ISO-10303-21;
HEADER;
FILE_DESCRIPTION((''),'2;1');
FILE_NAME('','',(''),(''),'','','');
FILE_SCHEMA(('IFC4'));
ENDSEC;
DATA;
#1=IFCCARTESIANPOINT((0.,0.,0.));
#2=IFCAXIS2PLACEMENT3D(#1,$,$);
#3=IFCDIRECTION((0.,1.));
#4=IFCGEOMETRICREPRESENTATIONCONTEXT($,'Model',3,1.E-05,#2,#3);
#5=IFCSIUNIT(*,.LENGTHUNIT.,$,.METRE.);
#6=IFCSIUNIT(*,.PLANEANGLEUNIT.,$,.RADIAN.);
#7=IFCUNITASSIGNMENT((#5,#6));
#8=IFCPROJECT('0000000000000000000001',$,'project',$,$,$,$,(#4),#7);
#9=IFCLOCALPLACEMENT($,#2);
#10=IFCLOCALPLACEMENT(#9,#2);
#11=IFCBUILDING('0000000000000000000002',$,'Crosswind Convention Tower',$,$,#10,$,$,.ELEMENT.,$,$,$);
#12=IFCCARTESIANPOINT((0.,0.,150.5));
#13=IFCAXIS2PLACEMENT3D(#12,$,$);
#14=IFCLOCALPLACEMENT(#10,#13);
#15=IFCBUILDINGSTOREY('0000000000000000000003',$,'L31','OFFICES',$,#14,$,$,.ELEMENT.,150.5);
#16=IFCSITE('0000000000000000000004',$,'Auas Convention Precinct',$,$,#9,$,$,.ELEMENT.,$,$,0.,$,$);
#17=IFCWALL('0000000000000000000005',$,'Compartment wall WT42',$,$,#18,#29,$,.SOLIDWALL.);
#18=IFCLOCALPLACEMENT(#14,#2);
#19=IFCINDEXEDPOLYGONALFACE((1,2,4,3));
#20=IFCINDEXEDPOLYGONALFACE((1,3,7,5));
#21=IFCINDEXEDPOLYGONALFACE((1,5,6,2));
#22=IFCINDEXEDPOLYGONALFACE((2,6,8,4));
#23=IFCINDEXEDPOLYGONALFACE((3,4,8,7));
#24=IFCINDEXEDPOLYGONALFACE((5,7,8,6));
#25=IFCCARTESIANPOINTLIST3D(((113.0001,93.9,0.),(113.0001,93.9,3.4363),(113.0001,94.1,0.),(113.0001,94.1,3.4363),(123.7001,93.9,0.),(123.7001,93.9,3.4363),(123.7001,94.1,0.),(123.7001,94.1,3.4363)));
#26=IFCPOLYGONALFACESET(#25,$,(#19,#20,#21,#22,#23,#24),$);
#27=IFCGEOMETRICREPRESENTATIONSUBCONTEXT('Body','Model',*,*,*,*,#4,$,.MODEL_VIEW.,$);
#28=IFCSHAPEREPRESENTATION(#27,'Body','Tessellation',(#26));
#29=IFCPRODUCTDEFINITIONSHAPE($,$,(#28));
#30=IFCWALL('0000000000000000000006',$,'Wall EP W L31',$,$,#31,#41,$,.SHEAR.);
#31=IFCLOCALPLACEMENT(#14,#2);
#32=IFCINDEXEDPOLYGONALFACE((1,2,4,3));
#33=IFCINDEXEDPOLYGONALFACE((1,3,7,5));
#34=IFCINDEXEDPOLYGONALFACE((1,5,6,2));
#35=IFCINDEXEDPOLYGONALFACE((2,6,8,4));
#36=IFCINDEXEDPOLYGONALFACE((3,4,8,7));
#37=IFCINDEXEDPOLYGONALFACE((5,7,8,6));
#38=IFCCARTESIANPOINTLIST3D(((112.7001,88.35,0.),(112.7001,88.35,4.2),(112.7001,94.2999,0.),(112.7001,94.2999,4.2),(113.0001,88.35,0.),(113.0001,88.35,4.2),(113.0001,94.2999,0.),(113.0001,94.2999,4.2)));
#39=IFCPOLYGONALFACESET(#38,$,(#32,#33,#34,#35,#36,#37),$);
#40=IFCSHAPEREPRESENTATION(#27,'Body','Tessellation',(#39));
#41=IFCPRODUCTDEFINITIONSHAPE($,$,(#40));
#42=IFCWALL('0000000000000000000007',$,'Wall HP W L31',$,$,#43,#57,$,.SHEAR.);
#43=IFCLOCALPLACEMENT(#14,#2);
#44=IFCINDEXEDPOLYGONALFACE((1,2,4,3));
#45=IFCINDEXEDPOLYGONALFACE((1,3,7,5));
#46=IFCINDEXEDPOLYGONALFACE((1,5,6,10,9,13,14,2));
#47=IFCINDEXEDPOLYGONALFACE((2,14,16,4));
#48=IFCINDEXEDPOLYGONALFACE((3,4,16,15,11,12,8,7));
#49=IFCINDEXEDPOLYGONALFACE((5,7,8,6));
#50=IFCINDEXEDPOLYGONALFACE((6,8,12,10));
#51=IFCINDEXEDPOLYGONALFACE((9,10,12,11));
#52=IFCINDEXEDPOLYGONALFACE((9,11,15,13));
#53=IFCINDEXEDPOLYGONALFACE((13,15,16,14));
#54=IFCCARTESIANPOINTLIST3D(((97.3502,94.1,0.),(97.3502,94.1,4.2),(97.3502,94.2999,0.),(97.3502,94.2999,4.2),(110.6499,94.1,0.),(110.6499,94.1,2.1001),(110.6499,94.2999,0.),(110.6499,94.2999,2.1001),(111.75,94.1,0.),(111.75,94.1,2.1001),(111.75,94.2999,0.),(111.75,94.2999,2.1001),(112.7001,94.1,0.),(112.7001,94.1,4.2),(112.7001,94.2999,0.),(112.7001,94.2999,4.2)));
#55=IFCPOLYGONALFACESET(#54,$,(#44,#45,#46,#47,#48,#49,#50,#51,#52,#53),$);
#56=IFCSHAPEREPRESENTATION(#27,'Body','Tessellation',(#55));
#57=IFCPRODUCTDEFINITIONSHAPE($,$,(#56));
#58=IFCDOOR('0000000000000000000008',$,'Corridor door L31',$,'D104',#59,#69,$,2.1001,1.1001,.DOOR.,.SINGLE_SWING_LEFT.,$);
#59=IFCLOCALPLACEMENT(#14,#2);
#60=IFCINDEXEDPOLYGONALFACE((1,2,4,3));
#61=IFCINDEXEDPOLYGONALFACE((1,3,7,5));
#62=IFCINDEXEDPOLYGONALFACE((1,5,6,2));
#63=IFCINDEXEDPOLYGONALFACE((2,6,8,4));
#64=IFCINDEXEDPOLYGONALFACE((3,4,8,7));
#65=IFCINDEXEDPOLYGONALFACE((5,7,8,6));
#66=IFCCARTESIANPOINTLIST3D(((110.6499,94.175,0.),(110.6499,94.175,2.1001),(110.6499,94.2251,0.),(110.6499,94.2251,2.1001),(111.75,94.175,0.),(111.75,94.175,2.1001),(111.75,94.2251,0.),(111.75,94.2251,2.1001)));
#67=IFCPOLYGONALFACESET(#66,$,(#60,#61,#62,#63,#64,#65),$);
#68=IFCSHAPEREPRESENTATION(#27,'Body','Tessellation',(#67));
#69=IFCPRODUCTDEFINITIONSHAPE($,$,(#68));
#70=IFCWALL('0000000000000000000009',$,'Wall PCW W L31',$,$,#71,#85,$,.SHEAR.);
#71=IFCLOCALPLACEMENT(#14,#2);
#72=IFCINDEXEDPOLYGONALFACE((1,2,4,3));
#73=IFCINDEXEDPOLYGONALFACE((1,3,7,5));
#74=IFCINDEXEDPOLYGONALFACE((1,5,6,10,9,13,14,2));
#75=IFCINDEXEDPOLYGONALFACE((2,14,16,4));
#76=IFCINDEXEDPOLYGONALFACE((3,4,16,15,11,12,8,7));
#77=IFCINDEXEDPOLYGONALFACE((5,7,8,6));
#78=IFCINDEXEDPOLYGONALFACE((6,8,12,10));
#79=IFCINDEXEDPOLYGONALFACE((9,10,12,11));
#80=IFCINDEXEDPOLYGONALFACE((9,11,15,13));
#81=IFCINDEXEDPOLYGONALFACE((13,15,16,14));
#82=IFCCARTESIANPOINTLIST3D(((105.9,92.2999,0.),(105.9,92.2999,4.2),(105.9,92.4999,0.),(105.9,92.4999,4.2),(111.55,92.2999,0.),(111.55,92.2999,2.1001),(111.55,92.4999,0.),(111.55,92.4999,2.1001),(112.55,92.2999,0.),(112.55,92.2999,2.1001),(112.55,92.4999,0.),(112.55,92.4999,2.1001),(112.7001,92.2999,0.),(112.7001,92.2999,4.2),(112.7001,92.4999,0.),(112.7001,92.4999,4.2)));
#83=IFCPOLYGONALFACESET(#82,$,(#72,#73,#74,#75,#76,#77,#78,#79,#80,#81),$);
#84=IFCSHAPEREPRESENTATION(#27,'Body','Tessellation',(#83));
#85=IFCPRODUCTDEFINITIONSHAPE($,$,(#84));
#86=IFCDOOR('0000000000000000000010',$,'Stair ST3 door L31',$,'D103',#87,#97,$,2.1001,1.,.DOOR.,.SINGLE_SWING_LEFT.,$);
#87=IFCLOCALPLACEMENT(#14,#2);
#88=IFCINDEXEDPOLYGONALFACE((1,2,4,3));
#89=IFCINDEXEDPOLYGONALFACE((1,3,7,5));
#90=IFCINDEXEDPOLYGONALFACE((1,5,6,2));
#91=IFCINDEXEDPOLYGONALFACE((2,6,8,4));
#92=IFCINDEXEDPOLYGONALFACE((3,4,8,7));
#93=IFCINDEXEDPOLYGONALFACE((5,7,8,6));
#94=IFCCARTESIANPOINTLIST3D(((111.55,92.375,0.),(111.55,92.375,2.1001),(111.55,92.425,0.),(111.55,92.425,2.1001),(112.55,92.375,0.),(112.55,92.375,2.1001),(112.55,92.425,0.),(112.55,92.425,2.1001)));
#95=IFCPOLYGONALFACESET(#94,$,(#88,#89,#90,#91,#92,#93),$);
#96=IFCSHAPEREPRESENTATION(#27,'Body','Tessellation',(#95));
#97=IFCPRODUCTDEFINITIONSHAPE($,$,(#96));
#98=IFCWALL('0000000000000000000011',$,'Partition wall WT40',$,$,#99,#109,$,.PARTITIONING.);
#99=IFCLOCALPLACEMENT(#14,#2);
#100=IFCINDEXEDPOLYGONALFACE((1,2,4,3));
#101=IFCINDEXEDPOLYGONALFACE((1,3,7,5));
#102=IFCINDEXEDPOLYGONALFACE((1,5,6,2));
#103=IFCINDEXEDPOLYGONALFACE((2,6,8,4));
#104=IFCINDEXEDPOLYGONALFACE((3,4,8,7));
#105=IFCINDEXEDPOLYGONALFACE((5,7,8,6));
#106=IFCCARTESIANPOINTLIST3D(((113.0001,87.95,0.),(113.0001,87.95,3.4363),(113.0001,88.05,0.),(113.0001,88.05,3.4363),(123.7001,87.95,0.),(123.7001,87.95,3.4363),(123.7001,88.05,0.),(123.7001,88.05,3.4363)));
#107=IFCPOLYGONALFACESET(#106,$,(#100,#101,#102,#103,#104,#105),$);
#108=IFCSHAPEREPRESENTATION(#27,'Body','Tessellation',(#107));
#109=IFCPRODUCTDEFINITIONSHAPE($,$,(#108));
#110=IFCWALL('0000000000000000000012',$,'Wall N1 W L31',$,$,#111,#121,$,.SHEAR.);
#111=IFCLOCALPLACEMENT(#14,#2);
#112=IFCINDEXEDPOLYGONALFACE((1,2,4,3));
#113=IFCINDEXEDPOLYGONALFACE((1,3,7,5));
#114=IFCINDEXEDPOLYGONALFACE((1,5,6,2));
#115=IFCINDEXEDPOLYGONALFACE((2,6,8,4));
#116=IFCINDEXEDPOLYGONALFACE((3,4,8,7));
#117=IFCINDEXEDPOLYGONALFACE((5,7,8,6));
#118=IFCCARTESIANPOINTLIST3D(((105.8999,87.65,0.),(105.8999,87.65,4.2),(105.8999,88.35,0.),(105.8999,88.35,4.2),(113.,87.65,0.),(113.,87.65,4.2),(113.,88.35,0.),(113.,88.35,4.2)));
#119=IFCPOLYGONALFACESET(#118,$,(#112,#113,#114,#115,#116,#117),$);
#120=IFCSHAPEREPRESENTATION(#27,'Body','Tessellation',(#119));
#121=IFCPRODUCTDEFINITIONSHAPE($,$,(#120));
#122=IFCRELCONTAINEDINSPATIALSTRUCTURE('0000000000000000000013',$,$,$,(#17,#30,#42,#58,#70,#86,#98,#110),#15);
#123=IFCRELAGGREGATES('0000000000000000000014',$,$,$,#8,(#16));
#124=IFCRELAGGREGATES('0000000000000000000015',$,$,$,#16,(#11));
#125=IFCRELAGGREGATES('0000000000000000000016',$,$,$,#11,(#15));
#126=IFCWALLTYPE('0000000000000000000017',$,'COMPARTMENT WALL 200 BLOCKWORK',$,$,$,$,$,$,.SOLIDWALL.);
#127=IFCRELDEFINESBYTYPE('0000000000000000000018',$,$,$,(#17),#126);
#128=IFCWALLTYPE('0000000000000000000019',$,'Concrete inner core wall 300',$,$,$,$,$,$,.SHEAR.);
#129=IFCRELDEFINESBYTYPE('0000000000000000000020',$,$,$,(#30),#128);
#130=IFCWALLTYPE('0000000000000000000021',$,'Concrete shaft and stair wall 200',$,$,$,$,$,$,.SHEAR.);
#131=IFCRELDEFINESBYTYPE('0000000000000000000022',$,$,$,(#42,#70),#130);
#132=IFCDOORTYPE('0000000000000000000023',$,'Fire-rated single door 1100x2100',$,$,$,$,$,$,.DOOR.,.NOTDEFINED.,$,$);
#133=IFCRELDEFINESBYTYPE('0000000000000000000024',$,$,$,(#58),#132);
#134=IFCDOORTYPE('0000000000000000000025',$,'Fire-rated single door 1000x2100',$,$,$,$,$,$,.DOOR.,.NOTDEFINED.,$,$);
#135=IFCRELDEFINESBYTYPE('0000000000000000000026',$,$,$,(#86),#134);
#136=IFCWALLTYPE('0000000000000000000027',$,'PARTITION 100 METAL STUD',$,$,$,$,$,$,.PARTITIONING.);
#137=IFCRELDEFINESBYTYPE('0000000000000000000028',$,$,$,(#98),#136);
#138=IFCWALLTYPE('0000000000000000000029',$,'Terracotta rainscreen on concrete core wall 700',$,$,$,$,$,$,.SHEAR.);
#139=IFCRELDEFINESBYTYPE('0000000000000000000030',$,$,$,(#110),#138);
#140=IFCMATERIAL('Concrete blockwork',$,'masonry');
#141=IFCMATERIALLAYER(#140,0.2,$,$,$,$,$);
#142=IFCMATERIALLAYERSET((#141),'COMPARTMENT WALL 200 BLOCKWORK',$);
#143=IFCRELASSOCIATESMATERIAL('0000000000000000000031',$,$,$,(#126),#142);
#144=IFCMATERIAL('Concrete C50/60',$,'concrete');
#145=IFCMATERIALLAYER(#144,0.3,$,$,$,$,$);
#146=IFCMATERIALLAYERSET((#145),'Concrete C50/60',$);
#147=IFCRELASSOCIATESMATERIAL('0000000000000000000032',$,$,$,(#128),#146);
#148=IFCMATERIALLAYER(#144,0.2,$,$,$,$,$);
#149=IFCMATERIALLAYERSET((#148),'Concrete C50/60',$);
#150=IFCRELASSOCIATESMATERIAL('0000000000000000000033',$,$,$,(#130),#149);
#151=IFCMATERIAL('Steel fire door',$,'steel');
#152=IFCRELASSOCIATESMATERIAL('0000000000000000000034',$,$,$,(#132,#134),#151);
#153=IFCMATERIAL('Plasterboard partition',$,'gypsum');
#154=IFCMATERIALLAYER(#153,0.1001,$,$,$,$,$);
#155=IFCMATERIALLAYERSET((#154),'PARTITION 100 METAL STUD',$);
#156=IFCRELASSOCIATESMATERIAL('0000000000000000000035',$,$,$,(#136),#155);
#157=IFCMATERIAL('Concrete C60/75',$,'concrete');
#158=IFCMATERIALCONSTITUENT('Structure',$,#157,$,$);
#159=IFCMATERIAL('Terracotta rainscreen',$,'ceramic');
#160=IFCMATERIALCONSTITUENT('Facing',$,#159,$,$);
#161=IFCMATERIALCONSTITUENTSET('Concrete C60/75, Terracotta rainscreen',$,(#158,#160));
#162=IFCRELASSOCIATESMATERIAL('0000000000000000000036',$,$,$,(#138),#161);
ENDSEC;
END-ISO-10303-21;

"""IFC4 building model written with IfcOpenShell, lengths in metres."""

from ifc_helpers import new_model, si_unit, direction, frame, frame_2d, origin, place, context, subcontext, project, spatial, rectangle, extrude, material, layer, layer_set, constituent, constituent_set, type_object, element, fill, save


model = new_model("IFC4")

# Units and contexts
model_context = context("Model", 3, precision=1e-05, world=origin(), true_north=direction((0.0, 1.0)))
body_context = subcontext(model_context, "Body", "Model", "MODEL_VIEW")
ifc_project = project(units=[si_unit("LENGTHUNIT", "METRE"), si_unit("PLANEANGLEUNIT", "RADIAN")], contexts=[model_context])

# Site, building, storey
site_placement = place(None, origin())
site = spatial("IfcSite", under=ifc_project, at=site_placement, Name="Auas Convention Precinct", CompositionType="ELEMENT", RefElevation=0.0)
building_placement = place(site_placement, origin())
building = spatial("IfcBuilding", under=site, at=building_placement, Name="Crosswind Convention Tower", CompositionType="ELEMENT")
storey_placement = place(building_placement, frame((0.0, 0.0, 150.5)))
storey = spatial("IfcBuildingStorey", under=building, at=storey_placement, Name="L31", Description="OFFICES", CompositionType="ELEMENT", Elevation=150.5)

# Walls
ifc_material_1 = material(Name="Concrete blockwork", Category="masonry")
ifc_layer_1 = layer(ifc_material_1, 0.2)
ifc_layer_set_1 = layer_set([ifc_layer_1], Name="COMPARTMENT WALL 200 BLOCKWORK")
wall_type_1 = type_object("IfcWallType", Name="COMPARTMENT WALL 200 BLOCKWORK", PredefinedType="SOLIDWALL", material=ifc_layer_set_1)
wall_1_placement = place(storey_placement, frame((113.0, 94.0, 0.0), z_axis=(0.0, 0.0, 1.0), x_axis=(1.0, 0.0, 0.0)))
element("IfcWall", 1, at=wall_1_placement, inside=storey, type_object=wall_type_1, Name="Compartment wall WT42", PredefinedType="SOLIDWALL", context=body_context, shape_type="SweptSolid", body=[
    extrude(rectangle(XDim=10.7, YDim=0.2, at=frame_2d((5.3501, 0.0))), origin(), (0.0, 0.0, 1.0), 3.4363),
])
ifc_material_2 = material(Name="Concrete C50/60", Category="concrete")
ifc_layer_2 = layer(ifc_material_2, 0.3)
ifc_layer_set_2 = layer_set([ifc_layer_2], Name="Concrete C50/60")
wall_type_2 = type_object("IfcWallType", Name="Concrete inner core wall 300", PredefinedType="SHEAR", material=ifc_layer_set_2)
wall_2_placement = place(storey_placement, frame((112.8501, 94.3, 0.0), z_axis=(0.0, 0.0, 1.0), x_axis=(0.0, -1.0, 0.0)))
element("IfcWall", 2, at=wall_2_placement, inside=storey, type_object=wall_type_2, Name="Wall EP W L31", PredefinedType="SHEAR", context=body_context, shape_type="SweptSolid", body=[
    extrude(rectangle(XDim=5.95, YDim=0.3, at=frame_2d((2.9751, 0.0))), origin(), (0.0, 0.0, 1.0), 4.2),
])

# Walls, openings, doors
ifc_layer_3 = layer(ifc_material_2, 0.2)
ifc_layer_set_3 = layer_set([ifc_layer_3], Name="Concrete C50/60")
wall_type_3 = type_object("IfcWallType", Name="Concrete shaft and stair wall 200", PredefinedType="SHEAR", material=ifc_layer_set_3)
wall_3_placement = place(storey_placement, frame((112.7, 94.2, 0.0), z_axis=(0.0, 0.0, 1.0), x_axis=(-1.0, 0.0, 0.0)))
wall_3 = element("IfcWall", 3, at=wall_3_placement, inside=storey, type_object=wall_type_3, Name="Wall HP W L31", PredefinedType="SHEAR", context=body_context, shape_type="SweptSolid", body=[
    extrude(rectangle(XDim=15.3499, YDim=0.2, at=frame_2d((7.6748, 0.0))), origin(), (0.0, 0.0, 1.0), 4.2),
])
opening_1_placement = place(wall_3_placement, frame((0.95, 0.0, 0.0)))
opening_1 = element("IfcOpeningElement", 4, at=opening_1_placement, cuts=wall_3, PredefinedType="OPENING", context=body_context, shape_type="SweptSolid", body=[
    extrude(rectangle(XDim=1.1001, YDim=2.1001, at=frame_2d((0.55, 1.05))), frame((0.0, 0.1099, 0.0), z_axis=(0.0, -1.0, 0.0), x_axis=(1.0, 0.0, 0.0)), (0.0, 0.0, 1.0), 0.22),
])
ifc_material_3 = material(Name="Steel fire door", Category="steel")
door_type_1 = type_object("IfcDoorType", Name="Fire-rated single door 1100x2100", OperationType="NOTDEFINED", PredefinedType="DOOR", material=ifc_material_3)
door_1_placement = place(opening_1_placement, origin())
door_1 = element("IfcDoor", 5, at=door_1_placement, inside=storey, type_object=door_type_1, Name="Corridor door L31", ObjectType="D104", OperationType="SINGLE_SWING_LEFT", OverallHeight=2.1001, OverallWidth=1.1001, PredefinedType="DOOR", context=body_context, shape_type="SweptSolid", body=[
    extrude(rectangle(XDim=1.1001, YDim=2.1001, at=frame_2d((0.55, 1.05))), frame((0.0, 0.0249, 0.0), z_axis=(0.0, -1.0, 0.0), x_axis=(1.0, 0.0, 0.0)), (0.0, 0.0, 1.0), 0.05),
])
fill(opening_1, door_1)
wall_4_placement = place(storey_placement, frame((112.7, 92.3999, 0.0), z_axis=(0.0, 0.0, 1.0), x_axis=(-1.0, 0.0, 0.0)))
wall_4 = element("IfcWall", 6, at=wall_4_placement, inside=storey, type_object=wall_type_3, Name="Wall PCW W L31", PredefinedType="SHEAR", context=body_context, shape_type="SweptSolid", body=[
    extrude(rectangle(XDim=6.8, YDim=0.2, at=frame_2d((3.3999, 0.0))), origin(), (0.0, 0.0, 1.0), 4.2),
])
opening_2_placement = place(wall_4_placement, frame((0.1499, 0.0, 0.0)))
opening_2 = element("IfcOpeningElement", 7, at=opening_2_placement, cuts=wall_4, PredefinedType="OPENING", context=body_context, shape_type="SweptSolid", body=[
    extrude(rectangle(XDim=1.0, YDim=2.1001, at=frame_2d((0.5, 1.05))), frame((0.0, 0.1099, 0.0), z_axis=(0.0, -1.0, 0.0), x_axis=(1.0, 0.0, 0.0)), (0.0, 0.0, 1.0), 0.22),
])
door_type_2 = type_object("IfcDoorType", Name="Fire-rated single door 1000x2100", OperationType="NOTDEFINED", PredefinedType="DOOR", material=ifc_material_3)
door_2_placement = place(opening_2_placement, origin())
door_2 = element("IfcDoor", 8, at=door_2_placement, inside=storey, type_object=door_type_2, Name="Stair ST3 door L31", ObjectType="D103", OperationType="SINGLE_SWING_LEFT", OverallHeight=2.1001, OverallWidth=1.0, PredefinedType="DOOR", context=body_context, shape_type="SweptSolid", body=[
    extrude(rectangle(XDim=1.0, YDim=2.1001, at=frame_2d((0.5, 1.05))), frame((0.0, 0.0249, 0.0), z_axis=(0.0, -1.0, 0.0), x_axis=(1.0, 0.0, 0.0)), (0.0, 0.0, 1.0), 0.05),
])
fill(opening_2, door_2)

# Walls
ifc_material_4 = material(Name="Plasterboard partition", Category="gypsum")
ifc_layer_4 = layer(ifc_material_4, 0.1001)
ifc_layer_set_4 = layer_set([ifc_layer_4], Name="PARTITION 100 METAL STUD")
wall_type_4 = type_object("IfcWallType", Name="PARTITION 100 METAL STUD", PredefinedType="PARTITIONING", material=ifc_layer_set_4)
wall_5_placement = place(storey_placement, frame((113.0, 88.0, 0.0), z_axis=(0.0, 0.0, 1.0), x_axis=(1.0, 0.0, 0.0)))
element("IfcWall", 9, at=wall_5_placement, inside=storey, type_object=wall_type_4, Name="Partition wall WT40", PredefinedType="PARTITIONING", context=body_context, shape_type="SweptSolid", body=[
    extrude(rectangle(XDim=10.7, YDim=0.1001, at=frame_2d((5.3501, 0.0))), origin(), (0.0, 0.0, 1.0), 3.4363),
])
ifc_material_5 = material(Name="Concrete C60/75", Category="concrete")
ifc_constituent_1 = constituent(ifc_material_5, Name="Structure")
ifc_material_6 = material(Name="Terracotta rainscreen", Category="ceramic")
ifc_constituent_2 = constituent(ifc_material_6, Name="Facing")
ifc_constituent_set = constituent_set(constituents=[ifc_constituent_1, ifc_constituent_2], Name="Concrete C60/75, Terracotta rainscreen")
wall_type_5 = type_object("IfcWallType", Name="Terracotta rainscreen on concrete core wall 700", PredefinedType="SHEAR", material=ifc_constituent_set)
wall_6_placement = place(storey_placement, frame((113.0, 88.0, 0.0), z_axis=(0.0, 0.0, 1.0), x_axis=(-1.0, 0.0, 0.0)))
element("IfcWall", 10, at=wall_6_placement, inside=storey, type_object=wall_type_5, Name="Wall N1 W L31", PredefinedType="SHEAR", context=body_context, shape_type="SweptSolid", body=[
    extrude(rectangle(XDim=7.1001, YDim=0.7, at=frame_2d((3.55, 0.0))), origin(), (0.0, 0.0, 1.0), 4.2),
])

save(model, "model.ifc")
